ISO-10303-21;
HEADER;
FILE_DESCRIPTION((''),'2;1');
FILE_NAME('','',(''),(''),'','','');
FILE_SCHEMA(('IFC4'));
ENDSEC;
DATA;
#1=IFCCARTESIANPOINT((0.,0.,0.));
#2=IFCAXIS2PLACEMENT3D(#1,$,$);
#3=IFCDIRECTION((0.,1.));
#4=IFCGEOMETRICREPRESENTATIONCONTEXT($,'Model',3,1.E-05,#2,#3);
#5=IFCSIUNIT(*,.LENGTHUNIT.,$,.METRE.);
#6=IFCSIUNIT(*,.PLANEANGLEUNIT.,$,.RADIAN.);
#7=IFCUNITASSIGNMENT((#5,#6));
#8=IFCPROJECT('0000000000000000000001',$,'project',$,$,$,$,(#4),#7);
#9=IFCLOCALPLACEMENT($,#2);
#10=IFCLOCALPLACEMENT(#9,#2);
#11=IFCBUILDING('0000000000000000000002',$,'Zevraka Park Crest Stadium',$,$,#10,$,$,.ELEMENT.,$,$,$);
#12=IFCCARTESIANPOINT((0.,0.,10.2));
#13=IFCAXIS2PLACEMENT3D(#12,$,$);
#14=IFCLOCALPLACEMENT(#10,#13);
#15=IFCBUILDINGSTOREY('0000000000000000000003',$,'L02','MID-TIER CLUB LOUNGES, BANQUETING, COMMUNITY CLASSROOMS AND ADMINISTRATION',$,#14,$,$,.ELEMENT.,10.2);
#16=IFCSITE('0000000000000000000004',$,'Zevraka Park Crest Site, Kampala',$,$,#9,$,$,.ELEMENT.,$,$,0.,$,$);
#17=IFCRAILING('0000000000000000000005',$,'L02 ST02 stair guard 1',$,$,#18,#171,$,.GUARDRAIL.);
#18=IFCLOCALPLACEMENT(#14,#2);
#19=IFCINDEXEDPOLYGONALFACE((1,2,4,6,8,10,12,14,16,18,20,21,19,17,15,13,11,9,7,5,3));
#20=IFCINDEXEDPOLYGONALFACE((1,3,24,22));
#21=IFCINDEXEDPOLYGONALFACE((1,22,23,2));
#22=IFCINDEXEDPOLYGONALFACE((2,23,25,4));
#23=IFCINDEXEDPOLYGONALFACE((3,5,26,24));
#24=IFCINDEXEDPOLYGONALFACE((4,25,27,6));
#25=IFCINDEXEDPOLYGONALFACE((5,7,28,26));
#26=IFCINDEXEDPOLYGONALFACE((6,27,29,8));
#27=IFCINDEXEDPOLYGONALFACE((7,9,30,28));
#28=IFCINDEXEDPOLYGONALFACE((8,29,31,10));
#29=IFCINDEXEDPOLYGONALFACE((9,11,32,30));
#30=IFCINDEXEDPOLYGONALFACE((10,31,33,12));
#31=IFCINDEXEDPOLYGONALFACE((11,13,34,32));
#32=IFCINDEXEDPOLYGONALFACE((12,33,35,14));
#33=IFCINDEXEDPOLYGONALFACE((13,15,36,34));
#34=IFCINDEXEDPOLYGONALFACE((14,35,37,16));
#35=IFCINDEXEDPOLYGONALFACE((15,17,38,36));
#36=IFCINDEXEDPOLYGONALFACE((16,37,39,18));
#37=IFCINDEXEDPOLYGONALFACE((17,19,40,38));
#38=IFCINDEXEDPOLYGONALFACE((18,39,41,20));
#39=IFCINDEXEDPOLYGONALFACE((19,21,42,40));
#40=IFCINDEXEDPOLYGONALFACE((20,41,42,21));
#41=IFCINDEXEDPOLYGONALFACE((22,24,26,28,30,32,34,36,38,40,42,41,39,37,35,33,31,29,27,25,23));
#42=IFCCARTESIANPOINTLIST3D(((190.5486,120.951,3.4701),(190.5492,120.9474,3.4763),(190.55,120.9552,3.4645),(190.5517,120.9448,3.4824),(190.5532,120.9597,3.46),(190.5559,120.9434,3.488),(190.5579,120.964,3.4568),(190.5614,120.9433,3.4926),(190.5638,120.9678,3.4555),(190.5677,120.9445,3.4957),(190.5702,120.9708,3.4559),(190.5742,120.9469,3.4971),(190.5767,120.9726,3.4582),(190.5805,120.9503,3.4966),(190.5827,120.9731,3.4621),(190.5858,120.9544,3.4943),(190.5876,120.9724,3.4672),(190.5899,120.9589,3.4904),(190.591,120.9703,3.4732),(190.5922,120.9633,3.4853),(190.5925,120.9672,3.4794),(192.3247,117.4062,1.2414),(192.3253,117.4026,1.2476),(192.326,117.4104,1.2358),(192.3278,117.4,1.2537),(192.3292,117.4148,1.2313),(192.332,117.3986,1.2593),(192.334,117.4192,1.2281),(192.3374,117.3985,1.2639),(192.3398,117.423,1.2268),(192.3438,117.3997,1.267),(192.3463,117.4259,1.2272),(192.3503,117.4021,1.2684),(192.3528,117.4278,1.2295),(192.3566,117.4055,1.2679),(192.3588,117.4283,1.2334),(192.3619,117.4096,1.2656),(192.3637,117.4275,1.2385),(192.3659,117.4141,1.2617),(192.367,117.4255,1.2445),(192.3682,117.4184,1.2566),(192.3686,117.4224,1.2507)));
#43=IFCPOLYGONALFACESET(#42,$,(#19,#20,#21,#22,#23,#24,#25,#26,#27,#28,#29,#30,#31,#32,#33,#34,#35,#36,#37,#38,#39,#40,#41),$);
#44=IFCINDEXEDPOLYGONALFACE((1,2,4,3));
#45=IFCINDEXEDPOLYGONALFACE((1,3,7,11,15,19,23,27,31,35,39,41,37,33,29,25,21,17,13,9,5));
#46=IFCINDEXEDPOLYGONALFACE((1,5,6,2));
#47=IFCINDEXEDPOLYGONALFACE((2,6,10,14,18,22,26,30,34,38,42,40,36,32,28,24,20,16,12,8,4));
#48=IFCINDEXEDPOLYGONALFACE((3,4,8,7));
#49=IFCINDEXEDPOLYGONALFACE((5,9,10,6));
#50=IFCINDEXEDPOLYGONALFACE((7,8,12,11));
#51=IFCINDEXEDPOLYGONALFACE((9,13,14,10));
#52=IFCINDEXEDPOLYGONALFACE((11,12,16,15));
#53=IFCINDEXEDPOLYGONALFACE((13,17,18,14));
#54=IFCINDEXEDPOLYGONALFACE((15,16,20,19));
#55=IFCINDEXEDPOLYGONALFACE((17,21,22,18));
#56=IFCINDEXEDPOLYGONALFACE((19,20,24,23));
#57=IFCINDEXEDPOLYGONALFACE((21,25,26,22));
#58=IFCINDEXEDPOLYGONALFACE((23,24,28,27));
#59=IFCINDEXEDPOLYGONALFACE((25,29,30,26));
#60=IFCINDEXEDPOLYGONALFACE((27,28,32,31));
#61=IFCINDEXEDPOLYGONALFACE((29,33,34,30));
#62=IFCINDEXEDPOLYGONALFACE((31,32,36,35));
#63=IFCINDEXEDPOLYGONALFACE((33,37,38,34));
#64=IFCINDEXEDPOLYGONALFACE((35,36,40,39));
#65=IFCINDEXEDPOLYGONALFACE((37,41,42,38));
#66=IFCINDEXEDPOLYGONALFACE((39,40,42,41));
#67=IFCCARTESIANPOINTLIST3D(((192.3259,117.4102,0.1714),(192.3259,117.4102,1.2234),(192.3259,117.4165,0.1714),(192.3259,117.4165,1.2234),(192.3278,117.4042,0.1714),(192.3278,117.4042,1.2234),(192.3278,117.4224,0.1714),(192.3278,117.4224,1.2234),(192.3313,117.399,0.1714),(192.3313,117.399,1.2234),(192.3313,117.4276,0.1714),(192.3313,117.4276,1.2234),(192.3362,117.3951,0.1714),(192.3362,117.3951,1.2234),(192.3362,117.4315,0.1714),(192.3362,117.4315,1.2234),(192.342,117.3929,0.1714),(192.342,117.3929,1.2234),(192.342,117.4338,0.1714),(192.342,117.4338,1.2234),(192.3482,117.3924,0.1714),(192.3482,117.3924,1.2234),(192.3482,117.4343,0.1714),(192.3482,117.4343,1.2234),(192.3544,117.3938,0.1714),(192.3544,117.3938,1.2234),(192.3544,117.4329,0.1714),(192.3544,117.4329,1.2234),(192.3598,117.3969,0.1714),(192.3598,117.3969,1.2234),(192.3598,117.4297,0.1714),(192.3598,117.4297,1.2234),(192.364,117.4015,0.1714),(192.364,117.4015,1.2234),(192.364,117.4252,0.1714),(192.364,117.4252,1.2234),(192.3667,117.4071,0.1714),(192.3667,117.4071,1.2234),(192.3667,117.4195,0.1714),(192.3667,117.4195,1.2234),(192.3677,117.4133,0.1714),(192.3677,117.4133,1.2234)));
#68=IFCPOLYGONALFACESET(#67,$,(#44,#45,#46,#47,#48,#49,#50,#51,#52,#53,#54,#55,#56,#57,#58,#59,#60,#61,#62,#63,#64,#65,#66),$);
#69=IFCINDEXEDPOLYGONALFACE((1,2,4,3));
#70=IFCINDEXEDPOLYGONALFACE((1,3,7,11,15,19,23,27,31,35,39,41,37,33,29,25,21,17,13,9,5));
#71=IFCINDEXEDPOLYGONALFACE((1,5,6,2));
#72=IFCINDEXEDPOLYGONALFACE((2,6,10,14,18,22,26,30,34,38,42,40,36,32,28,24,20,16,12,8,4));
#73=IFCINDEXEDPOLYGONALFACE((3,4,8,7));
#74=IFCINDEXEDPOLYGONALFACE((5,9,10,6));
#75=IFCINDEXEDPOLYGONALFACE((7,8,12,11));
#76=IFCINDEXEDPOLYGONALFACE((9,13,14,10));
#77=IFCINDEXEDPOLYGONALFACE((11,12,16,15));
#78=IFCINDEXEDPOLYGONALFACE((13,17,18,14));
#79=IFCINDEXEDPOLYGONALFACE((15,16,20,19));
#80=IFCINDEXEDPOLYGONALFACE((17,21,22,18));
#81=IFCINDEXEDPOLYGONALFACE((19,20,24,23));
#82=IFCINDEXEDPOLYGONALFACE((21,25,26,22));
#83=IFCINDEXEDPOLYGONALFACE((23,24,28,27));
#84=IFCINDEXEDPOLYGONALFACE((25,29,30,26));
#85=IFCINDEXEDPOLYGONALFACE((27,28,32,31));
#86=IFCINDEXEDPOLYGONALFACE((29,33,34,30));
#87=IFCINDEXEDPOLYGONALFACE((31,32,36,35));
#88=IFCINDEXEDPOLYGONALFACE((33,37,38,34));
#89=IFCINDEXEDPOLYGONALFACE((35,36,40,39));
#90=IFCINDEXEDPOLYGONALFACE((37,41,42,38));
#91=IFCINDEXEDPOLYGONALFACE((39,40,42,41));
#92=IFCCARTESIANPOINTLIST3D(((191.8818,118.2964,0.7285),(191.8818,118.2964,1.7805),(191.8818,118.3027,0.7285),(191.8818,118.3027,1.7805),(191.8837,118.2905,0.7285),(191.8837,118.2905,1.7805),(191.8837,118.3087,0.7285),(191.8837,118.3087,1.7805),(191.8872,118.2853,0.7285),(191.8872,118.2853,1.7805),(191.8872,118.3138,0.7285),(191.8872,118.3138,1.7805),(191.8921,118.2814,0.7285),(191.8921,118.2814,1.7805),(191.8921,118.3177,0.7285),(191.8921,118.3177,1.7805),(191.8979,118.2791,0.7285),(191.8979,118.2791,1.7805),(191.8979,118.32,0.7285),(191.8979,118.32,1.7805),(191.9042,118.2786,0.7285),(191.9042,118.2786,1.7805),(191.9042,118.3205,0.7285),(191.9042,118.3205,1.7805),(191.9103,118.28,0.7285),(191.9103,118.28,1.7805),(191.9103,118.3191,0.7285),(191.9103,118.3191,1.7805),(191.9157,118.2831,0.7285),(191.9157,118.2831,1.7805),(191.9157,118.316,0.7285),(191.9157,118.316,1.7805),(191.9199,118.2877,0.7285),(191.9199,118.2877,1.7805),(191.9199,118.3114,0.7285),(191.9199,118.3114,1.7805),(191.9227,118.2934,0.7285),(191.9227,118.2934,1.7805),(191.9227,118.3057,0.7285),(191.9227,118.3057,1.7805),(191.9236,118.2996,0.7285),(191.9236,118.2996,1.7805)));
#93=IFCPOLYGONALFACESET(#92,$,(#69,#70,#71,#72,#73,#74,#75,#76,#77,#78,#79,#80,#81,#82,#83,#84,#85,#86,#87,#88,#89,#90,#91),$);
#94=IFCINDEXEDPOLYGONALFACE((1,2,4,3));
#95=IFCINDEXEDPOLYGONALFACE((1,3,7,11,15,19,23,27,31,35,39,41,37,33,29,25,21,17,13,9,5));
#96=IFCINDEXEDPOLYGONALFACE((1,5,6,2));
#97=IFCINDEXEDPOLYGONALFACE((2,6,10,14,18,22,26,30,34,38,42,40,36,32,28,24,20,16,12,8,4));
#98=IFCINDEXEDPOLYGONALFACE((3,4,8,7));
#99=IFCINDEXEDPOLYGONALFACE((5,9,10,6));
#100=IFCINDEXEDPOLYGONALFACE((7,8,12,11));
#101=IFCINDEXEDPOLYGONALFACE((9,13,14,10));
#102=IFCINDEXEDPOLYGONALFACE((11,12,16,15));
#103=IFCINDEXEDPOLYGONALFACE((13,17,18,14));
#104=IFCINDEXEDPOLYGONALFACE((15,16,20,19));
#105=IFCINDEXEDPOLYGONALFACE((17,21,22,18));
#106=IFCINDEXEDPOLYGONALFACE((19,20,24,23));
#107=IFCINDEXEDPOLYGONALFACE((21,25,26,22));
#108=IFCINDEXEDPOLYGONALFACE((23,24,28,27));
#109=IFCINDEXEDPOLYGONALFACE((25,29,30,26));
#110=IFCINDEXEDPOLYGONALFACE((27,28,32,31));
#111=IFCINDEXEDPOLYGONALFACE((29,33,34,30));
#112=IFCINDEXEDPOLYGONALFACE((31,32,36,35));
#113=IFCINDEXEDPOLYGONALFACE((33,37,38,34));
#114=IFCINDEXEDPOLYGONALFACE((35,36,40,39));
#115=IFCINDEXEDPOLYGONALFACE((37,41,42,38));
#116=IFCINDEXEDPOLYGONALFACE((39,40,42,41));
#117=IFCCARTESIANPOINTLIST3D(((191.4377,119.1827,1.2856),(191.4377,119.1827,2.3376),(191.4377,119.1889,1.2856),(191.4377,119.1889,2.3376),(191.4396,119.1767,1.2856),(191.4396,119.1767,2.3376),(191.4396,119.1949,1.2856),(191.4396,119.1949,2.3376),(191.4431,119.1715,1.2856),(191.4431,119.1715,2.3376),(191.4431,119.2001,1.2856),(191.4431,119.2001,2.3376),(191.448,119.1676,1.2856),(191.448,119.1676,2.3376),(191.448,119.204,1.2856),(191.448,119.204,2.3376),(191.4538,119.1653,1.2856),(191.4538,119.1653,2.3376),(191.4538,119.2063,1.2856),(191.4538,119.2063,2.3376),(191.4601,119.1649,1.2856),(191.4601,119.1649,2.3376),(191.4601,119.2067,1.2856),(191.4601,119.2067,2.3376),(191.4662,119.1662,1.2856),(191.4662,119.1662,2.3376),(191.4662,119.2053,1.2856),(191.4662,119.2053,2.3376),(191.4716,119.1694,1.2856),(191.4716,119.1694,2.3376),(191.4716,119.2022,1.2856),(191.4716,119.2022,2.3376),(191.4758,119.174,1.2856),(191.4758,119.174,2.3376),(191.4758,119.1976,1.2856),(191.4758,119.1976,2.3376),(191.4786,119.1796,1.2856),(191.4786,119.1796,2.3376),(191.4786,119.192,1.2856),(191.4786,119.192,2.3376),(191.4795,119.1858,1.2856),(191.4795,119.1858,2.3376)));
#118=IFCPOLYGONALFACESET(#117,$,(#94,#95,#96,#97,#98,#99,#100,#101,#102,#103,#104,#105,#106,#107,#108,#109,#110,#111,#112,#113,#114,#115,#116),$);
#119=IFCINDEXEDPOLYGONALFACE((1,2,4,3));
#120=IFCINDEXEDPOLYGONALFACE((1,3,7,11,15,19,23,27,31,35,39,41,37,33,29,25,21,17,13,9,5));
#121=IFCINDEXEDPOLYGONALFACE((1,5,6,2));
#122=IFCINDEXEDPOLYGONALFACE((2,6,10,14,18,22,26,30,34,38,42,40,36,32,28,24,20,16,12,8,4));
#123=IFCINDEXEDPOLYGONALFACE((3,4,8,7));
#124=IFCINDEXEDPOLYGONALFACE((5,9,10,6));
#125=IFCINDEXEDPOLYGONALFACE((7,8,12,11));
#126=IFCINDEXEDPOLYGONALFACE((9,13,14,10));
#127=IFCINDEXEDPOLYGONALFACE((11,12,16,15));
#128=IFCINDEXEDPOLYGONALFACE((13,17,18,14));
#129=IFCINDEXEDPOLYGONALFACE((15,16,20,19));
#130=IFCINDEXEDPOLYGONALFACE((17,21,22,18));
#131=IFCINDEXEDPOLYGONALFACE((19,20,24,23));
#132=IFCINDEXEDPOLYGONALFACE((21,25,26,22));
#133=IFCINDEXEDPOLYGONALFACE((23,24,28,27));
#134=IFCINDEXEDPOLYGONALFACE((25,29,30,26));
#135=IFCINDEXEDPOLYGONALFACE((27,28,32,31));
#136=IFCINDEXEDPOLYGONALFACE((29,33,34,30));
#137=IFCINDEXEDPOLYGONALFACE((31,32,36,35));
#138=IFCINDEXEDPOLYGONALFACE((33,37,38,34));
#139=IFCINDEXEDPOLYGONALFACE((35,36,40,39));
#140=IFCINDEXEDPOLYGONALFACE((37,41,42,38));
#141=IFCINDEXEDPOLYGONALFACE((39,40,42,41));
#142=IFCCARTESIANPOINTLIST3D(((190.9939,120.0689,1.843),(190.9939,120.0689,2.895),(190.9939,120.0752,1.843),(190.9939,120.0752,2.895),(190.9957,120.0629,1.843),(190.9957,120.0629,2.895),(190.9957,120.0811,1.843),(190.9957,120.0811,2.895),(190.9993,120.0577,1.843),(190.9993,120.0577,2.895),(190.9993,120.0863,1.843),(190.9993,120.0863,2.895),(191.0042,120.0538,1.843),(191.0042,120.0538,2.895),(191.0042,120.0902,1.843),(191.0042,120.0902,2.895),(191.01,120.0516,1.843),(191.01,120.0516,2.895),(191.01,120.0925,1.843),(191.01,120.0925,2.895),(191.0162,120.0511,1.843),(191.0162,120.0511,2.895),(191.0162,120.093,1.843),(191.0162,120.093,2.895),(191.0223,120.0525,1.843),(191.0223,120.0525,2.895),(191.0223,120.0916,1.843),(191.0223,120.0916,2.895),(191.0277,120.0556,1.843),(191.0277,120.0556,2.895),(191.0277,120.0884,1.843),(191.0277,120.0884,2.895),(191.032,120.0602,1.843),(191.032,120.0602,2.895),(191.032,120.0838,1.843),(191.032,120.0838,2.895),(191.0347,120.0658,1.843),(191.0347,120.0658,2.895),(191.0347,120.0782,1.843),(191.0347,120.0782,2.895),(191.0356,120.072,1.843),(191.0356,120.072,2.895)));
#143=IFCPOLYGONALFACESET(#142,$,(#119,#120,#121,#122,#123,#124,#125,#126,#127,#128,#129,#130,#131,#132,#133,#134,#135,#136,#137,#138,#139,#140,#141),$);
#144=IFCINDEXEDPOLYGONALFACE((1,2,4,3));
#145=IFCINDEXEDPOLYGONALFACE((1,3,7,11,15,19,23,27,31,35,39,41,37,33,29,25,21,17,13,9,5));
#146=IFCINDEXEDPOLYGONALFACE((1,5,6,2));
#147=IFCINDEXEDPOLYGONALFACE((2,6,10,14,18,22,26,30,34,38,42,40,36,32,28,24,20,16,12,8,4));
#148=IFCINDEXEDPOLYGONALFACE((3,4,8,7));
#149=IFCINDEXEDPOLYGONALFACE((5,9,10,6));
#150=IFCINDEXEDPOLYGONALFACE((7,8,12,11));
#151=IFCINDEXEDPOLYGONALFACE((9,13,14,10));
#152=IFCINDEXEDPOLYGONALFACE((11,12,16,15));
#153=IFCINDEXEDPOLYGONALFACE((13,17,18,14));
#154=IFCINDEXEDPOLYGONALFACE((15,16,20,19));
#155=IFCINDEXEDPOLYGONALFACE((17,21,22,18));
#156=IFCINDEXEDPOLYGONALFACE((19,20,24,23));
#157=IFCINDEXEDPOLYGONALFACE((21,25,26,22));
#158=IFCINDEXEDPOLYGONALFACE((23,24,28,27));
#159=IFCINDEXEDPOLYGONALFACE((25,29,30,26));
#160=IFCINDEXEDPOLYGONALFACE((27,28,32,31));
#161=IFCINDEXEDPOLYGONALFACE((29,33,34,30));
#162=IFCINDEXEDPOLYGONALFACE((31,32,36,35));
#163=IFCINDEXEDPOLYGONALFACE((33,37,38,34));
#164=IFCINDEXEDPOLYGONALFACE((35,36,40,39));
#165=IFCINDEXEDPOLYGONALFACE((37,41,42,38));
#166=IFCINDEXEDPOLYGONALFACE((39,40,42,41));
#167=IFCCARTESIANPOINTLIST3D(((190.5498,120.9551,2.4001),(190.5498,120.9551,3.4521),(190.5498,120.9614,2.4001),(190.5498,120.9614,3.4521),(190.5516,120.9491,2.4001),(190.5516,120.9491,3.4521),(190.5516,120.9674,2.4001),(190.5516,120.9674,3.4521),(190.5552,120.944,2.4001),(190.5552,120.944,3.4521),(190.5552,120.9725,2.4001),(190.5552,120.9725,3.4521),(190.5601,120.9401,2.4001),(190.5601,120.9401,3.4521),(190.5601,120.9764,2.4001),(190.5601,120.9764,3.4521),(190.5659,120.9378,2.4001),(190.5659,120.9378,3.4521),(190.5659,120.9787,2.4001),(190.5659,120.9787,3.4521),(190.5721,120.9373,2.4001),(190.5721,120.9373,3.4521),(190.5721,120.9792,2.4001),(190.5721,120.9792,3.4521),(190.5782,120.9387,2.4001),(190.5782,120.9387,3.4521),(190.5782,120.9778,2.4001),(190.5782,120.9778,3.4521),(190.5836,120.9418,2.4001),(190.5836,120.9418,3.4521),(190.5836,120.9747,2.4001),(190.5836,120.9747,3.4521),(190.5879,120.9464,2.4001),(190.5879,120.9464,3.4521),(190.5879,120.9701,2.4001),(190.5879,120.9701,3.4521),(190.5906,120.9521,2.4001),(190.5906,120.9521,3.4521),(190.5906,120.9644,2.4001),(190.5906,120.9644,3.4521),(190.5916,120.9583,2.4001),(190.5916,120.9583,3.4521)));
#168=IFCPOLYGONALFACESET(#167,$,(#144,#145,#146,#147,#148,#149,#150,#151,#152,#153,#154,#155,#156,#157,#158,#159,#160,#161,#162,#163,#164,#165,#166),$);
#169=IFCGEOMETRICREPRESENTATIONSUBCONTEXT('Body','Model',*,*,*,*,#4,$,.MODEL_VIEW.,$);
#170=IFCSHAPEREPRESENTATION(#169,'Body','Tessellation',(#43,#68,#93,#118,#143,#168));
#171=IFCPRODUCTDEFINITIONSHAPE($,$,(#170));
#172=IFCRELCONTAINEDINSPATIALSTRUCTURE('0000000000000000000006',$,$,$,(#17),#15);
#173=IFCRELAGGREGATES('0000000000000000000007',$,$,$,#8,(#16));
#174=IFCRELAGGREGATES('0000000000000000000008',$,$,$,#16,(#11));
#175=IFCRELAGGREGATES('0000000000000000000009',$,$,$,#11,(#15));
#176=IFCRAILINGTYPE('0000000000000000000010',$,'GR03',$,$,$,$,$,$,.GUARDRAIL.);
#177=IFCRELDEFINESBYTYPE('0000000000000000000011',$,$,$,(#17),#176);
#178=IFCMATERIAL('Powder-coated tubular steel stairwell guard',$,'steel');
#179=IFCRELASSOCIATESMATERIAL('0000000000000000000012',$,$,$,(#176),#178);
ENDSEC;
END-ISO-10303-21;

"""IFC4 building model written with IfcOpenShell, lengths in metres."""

from ifc_helpers import new_model, si_unit, direction, frame, origin, origin_2d, place, context, subcontext, project, spatial, circle, extrude, material, type_object, element, save


model = new_model("IFC4")

# Units and contexts
model_context = context("Model", 3, precision=1e-05, world=origin(), true_north=direction((0.0, 1.0)))
body_context = subcontext(model_context, "Body", "Model", "MODEL_VIEW")
ifc_project = project(units=[si_unit("LENGTHUNIT", "METRE"), si_unit("PLANEANGLEUNIT", "RADIAN")], contexts=[model_context])

# Site, building, storey
site_placement = place(None, origin())
site = spatial("IfcSite", under=ifc_project, at=site_placement, Name="Zevraka Park Crest Site, Kampala", CompositionType="ELEMENT", RefElevation=0.0)
building_placement = place(site_placement, origin())
building = spatial("IfcBuilding", under=site, at=building_placement, Name="Zevraka Park Crest Stadium", CompositionType="ELEMENT")
storey_placement = place(building_placement, frame((0.0, 0.0, 10.2)))
storey = spatial("IfcBuildingStorey", under=building, at=storey_placement, Name="L02", Description="MID-TIER CLUB LOUNGES, BANQUETING, COMMUNITY CLASSROOMS AND ADMINISTRATION", CompositionType="ELEMENT", Elevation=10.2)

# Railing
ifc_material_1 = material(Name="Powder-coated tubular steel stairwell guard", Category="steel")
railing_type_1 = type_object("IfcRailingType", Name="GR03", PredefinedType="GUARDRAIL", material=ifc_material_1)
railing_1_placement = place(storey_placement, frame((192.3467, 117.4133, 0.1714)))
element("IfcRailing", 1, at=railing_1_placement, inside=storey, type_object=railing_type_1, Name="L02 ST02 stair guard 1", PredefinedType="GUARDRAIL", context=body_context, shape_type="SweptSolid", body=[
    extrude(circle(Radius=0.0239, at=origin_2d()), frame((0.0, 0.0, 1.0762), z_axis=(-0.390489, 0.779368, 0.490004), x_axis=(-0.894057, -0.447952, 0.0)), (0.0, 0.0, 1.0), 4.5483),
    extrude(circle(Radius=0.021, at=origin_2d()), origin(), (0.0, 0.0, 1.0), 1.052),
    extrude(circle(Radius=0.021, at=origin_2d()), frame((-0.4441, 0.8862, 0.5571)), (0.0, 0.0, 1.0), 1.052),
    extrude(circle(Radius=0.021, at=origin_2d()), frame((-0.8882, 1.7725, 1.1143)), (0.0, 0.0, 1.0), 1.052),
    extrude(circle(Radius=0.021, at=origin_2d()), frame((-1.332, 2.6587, 1.6716)), (0.0, 0.0, 1.0), 1.052),
    extrude(circle(Radius=0.021, at=origin_2d()), frame((-1.7761, 3.5449, 2.2288)), (0.0, 0.0, 1.0), 1.052),
])

save(model, "model.ifc")
